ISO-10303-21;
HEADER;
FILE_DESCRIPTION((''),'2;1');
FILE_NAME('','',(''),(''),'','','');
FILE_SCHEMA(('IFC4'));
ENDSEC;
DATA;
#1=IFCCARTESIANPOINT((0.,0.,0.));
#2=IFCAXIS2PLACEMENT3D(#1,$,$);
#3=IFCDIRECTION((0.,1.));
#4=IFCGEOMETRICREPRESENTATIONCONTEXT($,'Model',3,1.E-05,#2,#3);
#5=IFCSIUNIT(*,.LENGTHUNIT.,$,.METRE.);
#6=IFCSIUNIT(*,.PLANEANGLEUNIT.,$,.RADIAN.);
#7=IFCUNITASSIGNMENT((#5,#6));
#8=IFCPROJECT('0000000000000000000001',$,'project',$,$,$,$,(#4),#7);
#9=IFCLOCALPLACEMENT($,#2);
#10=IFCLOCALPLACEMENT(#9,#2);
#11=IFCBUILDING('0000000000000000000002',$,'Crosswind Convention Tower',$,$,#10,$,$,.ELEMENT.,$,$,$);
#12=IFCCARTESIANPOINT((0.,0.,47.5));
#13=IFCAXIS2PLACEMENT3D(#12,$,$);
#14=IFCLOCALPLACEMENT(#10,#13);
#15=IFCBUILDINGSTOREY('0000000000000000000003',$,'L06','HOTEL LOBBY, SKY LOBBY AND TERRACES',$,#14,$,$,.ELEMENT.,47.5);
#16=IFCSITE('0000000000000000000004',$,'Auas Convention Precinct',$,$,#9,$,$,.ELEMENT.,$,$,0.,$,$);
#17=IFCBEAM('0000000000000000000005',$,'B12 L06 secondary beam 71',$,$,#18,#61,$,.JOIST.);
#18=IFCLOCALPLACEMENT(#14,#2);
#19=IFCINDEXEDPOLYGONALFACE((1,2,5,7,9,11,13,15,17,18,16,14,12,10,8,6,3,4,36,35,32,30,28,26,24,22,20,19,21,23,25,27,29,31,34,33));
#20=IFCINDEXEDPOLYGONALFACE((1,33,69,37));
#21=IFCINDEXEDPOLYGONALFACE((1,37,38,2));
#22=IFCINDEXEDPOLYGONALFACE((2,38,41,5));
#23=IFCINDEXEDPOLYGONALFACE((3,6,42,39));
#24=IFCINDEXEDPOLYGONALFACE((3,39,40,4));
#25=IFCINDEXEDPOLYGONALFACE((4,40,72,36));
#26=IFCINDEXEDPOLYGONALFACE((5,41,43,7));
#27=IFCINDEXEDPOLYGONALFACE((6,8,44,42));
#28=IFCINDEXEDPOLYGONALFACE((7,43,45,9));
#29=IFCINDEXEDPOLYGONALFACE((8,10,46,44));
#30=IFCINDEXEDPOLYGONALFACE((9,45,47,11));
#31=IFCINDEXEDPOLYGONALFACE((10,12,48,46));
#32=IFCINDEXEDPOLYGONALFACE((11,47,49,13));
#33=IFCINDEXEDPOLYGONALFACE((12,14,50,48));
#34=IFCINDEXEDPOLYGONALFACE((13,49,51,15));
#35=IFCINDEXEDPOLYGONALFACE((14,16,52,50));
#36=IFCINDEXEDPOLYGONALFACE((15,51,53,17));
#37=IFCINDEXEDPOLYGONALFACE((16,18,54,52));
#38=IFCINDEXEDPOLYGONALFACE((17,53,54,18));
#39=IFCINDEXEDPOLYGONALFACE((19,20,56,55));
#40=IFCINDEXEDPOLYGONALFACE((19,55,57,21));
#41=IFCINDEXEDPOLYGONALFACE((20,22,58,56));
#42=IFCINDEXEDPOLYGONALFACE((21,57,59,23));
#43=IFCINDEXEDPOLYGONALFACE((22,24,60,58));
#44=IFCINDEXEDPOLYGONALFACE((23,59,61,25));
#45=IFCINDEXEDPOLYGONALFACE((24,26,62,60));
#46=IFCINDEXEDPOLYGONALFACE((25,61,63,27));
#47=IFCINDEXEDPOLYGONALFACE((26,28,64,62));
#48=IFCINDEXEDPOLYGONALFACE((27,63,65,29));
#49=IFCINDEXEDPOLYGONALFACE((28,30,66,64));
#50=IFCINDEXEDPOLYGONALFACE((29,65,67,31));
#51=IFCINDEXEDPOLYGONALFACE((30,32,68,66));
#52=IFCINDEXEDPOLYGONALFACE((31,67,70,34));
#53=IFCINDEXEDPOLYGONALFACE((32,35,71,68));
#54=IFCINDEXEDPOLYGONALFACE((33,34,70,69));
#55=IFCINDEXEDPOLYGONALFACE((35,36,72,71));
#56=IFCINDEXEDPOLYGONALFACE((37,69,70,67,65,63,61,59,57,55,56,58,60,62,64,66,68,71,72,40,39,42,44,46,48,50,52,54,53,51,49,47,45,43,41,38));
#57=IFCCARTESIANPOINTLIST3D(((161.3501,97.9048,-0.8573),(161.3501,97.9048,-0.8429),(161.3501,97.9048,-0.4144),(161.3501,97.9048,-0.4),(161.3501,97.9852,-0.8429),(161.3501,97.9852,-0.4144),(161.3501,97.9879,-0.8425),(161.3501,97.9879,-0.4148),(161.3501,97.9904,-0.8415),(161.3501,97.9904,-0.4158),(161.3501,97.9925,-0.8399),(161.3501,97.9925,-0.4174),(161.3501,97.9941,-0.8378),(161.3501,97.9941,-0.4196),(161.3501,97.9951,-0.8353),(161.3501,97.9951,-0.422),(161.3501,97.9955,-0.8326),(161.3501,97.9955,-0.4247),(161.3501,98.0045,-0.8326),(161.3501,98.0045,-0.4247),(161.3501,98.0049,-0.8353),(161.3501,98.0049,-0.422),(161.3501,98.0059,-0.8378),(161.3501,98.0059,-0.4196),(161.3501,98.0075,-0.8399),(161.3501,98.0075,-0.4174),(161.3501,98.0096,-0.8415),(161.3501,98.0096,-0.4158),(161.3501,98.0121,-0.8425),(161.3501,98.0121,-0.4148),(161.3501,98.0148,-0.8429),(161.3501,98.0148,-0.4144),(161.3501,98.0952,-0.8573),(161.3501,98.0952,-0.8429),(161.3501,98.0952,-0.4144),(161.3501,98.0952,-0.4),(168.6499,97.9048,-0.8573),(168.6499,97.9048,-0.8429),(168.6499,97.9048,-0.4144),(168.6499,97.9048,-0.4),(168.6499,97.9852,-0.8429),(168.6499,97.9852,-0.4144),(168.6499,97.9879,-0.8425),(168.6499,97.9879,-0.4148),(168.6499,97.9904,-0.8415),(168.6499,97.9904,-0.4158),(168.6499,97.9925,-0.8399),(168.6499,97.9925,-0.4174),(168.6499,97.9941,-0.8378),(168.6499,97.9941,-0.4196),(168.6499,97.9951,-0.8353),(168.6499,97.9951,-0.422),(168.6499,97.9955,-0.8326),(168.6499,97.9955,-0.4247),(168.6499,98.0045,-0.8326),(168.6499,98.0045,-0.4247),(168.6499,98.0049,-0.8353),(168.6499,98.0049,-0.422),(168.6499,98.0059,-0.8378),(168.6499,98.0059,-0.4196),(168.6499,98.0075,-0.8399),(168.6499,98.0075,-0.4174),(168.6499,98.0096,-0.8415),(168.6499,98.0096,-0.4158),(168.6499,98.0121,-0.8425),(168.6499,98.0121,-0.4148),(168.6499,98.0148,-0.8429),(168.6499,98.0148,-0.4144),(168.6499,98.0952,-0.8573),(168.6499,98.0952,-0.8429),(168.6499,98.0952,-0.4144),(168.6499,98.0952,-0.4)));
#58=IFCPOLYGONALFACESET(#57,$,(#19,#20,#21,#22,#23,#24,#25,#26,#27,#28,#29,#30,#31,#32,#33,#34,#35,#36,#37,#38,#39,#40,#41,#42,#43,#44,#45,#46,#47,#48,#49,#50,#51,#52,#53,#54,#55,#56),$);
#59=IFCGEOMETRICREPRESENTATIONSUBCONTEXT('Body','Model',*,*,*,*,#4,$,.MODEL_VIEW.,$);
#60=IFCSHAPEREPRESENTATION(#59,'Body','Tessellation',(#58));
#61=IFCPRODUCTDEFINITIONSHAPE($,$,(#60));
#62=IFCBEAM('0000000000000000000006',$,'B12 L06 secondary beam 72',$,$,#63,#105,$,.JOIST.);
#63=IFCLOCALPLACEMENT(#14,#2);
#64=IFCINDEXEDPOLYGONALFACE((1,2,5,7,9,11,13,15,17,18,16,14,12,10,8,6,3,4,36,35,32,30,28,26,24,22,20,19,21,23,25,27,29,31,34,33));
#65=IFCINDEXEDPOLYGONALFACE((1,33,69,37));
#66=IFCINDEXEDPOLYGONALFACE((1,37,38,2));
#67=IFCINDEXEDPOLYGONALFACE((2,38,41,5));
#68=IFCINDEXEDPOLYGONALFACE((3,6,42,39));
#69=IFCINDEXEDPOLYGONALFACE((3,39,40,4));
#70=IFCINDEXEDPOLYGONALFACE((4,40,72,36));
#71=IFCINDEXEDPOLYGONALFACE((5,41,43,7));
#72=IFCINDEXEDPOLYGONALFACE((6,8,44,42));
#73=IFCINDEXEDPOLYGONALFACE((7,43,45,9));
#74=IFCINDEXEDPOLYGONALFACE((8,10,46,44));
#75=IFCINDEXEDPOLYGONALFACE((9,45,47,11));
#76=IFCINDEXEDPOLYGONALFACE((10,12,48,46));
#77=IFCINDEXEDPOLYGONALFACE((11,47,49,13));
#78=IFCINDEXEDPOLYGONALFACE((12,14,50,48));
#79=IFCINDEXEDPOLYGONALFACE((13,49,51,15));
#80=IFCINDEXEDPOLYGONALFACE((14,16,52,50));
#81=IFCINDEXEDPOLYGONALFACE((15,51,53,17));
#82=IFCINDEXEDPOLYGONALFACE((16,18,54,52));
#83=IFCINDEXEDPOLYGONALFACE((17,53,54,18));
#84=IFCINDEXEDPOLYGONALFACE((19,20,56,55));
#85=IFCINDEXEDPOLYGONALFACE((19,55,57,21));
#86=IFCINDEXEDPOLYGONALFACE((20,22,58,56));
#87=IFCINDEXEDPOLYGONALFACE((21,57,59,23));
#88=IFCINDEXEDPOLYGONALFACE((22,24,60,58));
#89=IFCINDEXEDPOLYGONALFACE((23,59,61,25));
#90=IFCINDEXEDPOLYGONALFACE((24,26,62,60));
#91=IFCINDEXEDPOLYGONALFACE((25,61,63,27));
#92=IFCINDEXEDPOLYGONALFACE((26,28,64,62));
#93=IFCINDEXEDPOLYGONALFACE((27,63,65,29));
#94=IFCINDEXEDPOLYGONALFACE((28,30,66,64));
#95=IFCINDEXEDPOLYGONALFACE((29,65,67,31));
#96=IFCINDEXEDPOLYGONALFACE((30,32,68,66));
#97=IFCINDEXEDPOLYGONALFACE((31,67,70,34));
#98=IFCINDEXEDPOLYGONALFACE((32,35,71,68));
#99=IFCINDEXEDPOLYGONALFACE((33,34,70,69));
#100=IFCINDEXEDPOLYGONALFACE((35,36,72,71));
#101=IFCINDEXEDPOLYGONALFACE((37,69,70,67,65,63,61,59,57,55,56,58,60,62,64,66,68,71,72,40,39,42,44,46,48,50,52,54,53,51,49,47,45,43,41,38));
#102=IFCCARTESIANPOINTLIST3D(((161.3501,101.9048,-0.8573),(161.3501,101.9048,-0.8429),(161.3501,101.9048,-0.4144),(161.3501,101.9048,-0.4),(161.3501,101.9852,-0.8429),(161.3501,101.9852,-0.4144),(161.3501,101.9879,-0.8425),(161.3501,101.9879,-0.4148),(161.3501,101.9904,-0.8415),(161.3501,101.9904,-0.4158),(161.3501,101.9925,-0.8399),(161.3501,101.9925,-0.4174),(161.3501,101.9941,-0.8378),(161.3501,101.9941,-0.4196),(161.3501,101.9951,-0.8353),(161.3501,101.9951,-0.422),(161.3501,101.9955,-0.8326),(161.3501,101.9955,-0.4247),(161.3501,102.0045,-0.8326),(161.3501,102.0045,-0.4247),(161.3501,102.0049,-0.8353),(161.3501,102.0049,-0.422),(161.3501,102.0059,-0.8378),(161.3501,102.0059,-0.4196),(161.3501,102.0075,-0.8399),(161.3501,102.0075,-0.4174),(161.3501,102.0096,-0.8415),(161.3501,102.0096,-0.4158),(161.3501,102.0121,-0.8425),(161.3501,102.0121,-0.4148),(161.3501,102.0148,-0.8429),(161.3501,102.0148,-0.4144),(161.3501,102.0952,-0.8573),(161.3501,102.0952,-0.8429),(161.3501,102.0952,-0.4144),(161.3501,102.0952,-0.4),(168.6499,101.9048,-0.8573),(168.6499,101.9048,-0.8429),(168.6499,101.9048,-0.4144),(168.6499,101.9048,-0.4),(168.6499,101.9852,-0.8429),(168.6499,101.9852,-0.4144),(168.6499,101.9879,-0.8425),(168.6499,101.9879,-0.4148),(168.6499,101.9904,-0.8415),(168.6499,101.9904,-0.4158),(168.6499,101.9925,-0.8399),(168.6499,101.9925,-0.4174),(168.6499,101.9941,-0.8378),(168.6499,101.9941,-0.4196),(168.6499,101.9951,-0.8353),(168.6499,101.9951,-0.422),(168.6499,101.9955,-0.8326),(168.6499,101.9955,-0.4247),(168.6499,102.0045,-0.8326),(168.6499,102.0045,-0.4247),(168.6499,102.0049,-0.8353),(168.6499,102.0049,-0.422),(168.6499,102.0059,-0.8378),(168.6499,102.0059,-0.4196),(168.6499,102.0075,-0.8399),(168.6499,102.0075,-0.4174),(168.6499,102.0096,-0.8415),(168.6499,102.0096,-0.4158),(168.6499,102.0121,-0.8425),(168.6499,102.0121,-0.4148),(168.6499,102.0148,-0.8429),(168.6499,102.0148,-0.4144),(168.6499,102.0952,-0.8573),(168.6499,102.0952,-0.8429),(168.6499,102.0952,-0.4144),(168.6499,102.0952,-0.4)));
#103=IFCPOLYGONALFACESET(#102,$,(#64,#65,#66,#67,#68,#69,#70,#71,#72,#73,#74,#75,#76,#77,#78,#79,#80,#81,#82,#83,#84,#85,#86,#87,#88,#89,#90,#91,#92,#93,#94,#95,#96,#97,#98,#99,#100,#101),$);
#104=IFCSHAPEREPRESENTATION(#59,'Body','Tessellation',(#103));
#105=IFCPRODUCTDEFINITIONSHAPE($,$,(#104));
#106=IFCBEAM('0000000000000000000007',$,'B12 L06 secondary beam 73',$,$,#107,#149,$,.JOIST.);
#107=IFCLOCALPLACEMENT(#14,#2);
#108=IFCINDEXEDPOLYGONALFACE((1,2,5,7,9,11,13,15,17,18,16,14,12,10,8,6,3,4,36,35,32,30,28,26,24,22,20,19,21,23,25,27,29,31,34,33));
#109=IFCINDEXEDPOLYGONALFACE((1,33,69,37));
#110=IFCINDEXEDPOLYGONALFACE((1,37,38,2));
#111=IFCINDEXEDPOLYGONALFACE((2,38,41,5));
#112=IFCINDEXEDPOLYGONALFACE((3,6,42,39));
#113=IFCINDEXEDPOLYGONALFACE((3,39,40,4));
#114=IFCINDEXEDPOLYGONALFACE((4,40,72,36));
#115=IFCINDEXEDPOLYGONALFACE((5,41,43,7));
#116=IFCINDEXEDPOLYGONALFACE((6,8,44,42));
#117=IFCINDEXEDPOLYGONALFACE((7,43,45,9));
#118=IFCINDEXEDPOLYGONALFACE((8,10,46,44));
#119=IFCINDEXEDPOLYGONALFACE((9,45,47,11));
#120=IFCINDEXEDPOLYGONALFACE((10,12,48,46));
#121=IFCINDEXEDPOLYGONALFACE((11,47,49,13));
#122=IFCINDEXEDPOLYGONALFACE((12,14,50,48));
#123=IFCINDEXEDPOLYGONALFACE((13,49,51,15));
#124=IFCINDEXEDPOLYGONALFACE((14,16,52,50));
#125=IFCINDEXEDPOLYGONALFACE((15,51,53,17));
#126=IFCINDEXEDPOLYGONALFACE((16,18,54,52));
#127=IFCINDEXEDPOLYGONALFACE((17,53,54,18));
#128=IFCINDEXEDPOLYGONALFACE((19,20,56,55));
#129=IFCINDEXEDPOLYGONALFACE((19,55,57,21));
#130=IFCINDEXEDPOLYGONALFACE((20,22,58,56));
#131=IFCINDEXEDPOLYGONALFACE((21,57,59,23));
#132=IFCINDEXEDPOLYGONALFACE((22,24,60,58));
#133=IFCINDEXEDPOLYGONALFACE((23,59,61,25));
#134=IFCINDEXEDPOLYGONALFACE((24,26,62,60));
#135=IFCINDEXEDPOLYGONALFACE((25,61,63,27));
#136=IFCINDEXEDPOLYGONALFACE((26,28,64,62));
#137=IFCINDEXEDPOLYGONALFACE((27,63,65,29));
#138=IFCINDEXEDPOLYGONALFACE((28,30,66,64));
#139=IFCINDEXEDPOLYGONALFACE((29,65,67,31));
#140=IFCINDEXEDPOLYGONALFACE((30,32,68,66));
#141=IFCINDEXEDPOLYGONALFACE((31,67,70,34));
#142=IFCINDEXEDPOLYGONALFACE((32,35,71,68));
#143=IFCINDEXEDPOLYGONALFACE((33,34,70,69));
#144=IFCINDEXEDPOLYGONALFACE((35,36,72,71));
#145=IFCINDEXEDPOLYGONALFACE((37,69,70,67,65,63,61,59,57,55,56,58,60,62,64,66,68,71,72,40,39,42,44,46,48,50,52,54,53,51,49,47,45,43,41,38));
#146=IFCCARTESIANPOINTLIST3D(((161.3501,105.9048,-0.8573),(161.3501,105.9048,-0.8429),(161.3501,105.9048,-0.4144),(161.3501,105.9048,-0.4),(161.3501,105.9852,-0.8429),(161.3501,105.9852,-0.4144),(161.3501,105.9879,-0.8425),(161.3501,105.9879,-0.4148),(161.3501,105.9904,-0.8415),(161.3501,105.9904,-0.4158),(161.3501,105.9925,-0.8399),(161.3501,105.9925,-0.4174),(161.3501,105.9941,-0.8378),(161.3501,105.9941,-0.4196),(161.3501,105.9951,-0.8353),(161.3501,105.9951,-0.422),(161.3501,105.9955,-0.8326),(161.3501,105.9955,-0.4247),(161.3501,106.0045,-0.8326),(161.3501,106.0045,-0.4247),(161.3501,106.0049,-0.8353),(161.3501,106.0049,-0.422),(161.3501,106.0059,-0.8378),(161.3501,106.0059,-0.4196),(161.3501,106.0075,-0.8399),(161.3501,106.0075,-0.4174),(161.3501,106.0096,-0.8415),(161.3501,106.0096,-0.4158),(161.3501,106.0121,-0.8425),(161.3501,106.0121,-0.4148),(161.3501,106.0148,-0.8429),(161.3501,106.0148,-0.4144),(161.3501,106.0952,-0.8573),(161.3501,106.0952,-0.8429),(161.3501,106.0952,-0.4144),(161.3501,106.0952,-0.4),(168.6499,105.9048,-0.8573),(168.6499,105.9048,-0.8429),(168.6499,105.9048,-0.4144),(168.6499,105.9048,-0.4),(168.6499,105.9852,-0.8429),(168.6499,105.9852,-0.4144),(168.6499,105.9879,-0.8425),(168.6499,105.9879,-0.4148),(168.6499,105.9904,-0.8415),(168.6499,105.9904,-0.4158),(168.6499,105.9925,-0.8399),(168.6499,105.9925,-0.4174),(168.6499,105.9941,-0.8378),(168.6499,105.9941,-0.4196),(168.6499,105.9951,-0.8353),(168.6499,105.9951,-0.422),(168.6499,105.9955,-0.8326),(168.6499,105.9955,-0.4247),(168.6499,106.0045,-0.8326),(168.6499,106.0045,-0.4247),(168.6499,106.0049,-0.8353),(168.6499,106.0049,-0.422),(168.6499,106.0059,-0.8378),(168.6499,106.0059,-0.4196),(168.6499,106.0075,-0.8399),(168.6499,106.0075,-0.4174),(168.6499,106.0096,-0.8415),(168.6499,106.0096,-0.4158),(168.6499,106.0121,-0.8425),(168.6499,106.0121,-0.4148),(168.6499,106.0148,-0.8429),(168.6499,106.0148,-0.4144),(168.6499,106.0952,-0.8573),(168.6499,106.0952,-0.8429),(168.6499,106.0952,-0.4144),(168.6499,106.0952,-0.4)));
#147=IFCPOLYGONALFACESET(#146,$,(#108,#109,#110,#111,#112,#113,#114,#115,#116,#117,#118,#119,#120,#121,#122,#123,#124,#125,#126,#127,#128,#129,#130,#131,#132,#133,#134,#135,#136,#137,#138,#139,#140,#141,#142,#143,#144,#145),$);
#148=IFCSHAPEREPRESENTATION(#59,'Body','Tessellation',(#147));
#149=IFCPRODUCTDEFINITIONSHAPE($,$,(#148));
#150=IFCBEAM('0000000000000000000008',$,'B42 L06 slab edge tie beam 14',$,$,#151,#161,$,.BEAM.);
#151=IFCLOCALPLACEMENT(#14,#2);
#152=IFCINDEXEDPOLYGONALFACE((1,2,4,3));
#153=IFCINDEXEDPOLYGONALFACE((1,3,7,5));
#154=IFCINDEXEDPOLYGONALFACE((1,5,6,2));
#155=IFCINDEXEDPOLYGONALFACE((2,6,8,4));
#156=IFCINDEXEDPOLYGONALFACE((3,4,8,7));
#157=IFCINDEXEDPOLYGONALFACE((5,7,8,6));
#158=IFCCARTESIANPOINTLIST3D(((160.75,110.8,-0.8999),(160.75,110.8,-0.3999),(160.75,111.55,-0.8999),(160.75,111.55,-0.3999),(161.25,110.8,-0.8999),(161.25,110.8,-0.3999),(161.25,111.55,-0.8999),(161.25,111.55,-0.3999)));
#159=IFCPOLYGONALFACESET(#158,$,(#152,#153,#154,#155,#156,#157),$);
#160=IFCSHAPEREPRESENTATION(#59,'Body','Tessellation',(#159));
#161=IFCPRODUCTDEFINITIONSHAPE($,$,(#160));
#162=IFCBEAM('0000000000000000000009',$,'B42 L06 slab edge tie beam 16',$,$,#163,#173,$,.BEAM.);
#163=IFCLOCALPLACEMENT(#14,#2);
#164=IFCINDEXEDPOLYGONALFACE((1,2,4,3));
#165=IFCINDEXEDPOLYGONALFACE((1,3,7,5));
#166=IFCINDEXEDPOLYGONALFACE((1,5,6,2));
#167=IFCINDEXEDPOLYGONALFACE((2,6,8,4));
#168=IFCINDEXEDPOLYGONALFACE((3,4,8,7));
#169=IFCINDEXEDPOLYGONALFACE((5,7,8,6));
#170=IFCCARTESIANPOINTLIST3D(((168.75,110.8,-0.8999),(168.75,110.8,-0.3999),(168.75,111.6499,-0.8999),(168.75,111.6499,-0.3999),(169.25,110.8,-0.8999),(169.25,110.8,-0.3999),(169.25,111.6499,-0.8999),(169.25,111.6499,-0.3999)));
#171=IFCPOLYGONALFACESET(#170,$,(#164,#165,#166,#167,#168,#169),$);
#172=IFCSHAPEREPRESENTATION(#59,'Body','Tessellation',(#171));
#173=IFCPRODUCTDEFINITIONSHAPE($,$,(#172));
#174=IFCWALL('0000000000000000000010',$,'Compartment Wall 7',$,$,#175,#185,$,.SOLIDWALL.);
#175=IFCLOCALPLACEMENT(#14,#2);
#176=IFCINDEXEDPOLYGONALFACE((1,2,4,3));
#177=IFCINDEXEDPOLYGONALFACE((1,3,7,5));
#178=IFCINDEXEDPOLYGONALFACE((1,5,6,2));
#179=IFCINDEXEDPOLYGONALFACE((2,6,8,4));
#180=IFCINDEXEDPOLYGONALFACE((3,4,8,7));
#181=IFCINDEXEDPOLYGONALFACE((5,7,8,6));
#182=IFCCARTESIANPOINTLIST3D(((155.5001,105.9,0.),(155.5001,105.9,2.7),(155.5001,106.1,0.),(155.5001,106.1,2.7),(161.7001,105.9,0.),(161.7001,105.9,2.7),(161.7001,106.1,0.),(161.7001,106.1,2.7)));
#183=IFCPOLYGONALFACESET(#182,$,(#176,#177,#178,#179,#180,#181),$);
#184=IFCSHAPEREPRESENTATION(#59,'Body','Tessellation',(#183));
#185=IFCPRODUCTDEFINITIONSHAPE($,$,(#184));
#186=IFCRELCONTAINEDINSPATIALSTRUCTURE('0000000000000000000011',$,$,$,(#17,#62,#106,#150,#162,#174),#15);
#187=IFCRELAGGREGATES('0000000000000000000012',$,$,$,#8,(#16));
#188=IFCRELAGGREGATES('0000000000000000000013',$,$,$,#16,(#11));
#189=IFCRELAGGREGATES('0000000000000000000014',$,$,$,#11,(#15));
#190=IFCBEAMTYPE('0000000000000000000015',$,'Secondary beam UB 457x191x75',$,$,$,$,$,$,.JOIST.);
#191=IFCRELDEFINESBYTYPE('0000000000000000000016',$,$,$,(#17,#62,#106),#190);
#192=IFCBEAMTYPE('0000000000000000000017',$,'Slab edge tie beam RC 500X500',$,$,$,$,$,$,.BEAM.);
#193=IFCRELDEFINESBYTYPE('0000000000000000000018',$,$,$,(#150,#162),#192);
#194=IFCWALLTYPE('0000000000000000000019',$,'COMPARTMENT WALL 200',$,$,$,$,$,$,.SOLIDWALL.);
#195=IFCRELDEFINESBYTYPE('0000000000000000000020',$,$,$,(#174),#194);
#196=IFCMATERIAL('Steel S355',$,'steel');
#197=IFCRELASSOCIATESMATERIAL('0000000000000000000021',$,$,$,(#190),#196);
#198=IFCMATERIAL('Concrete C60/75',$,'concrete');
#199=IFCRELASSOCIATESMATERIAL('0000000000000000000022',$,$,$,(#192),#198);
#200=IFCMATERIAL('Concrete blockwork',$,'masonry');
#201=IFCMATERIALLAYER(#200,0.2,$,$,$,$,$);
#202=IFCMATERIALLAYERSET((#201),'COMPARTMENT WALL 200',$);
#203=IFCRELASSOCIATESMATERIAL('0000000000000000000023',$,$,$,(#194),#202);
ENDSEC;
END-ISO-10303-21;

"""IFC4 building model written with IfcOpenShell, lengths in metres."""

from ifc_helpers import new_model, si_unit, direction, frame, frame_2d, origin, origin_2d, place, context, subcontext, project, spatial, rectangle, i_section, extrude, material, layer, layer_set, material_profile, profile_set, type_object, element, save


model = new_model("IFC4")

# Units and contexts
model_context = context("Model", 3, precision=1e-05, world=origin(), true_north=direction((0.0, 1.0)))
body_context = subcontext(model_context, "Body", "Model", "MODEL_VIEW")
ifc_project = project(units=[si_unit("LENGTHUNIT", "METRE"), si_unit("PLANEANGLEUNIT", "RADIAN")], contexts=[model_context])

# Site, building, storey
site_placement = place(None, origin())
site = spatial("IfcSite", under=ifc_project, at=site_placement, Name="Auas Convention Precinct", CompositionType="ELEMENT", RefElevation=0.0)
building_placement = place(site_placement, origin())
building = spatial("IfcBuilding", under=site, at=building_placement, Name="Crosswind Convention Tower", CompositionType="ELEMENT")
storey_placement = place(building_placement, frame((0.0, 0.0, 47.5)))
storey = spatial("IfcBuildingStorey", under=building, at=storey_placement, Name="L06", Description="HOTEL LOBBY, SKY LOBBY AND TERRACES", CompositionType="ELEMENT", Elevation=47.5)

# Shared definitions
ifc_material_1 = material(Name="Concrete C60/75", Category="concrete")

# Beams
ifc_material_2 = material(Name="Steel S355", Category="steel")
ifc_material_profile_1 = material_profile(ifc_material_2, i_section(OverallWidth=0.1904, OverallDepth=0.4573, WebThickness=0.009, FlangeThickness=0.0144, FilletRadius=0.0103, at=origin_2d()), Name="UB 457x191x75")
ifc_profile_set_1 = profile_set([ifc_material_profile_1], Name="Steel S355")
beam_type_1 = type_object("IfcBeamType", Name="Secondary beam UB 457x191x75", PredefinedType="JOIST", material=ifc_profile_set_1)
for number, where, z_axis, x_axis, name in (
    (1, (161.3501, 98.0, -0.6287), (1.0, 0.0, 0.0), (0.0, 1.0, 0.0), "B12 L06 secondary beam 71"),
    (2, (161.3501, 102.0, -0.6287), (1.0, 0.0, 0.0), (0.0, 1.0, 0.0), "B12 L06 secondary beam 72"),
    (3, (161.3501, 106.0, -0.6287), (1.0, 0.0, 0.0), (0.0, 1.0, 0.0), "B12 L06 secondary beam 73"),
):
    element("IfcBeam", number, at=place(storey_placement, frame(where, z_axis=z_axis, x_axis=x_axis)), inside=storey, type_object=beam_type_1, Name=name, PredefinedType="JOIST", context=body_context, shape_type="SweptSolid", body=[
        extrude(i_section(OverallWidth=0.1904, OverallDepth=0.4573, WebThickness=0.009, FlangeThickness=0.0144, FilletRadius=0.0103, at=origin_2d()), origin(), (0.0, 0.0, 1.0), 7.2998),
    ])
ifc_material_profile_2 = material_profile(ifc_material_1, rectangle(XDim=0.5, YDim=0.5, at=origin_2d()), Name="RC 500X500")
ifc_profile_set_2 = profile_set([ifc_material_profile_2], Name="Concrete C60/75")
beam_type_2 = type_object("IfcBeamType", Name="Slab edge tie beam RC 500X500", PredefinedType="BEAM", material=ifc_profile_set_2)
beam_1_placement = place(storey_placement, frame((161.0, 110.8, -0.6499), z_axis=(0.0, 1.0, 0.0), x_axis=(-1.0, 0.0, 0.0)))
element("IfcBeam", 4, at=beam_1_placement, inside=storey, type_object=beam_type_2, Name="B42 L06 slab edge tie beam 14", PredefinedType="BEAM", context=body_context, shape_type="SweptSolid", body=[
    extrude(rectangle(XDim=0.5, YDim=0.5, at=origin_2d()), origin(), (0.0, 0.0, 1.0), 0.75),
])
beam_2_placement = place(storey_placement, frame((169.0, 110.8, -0.6499), z_axis=(0.0, 1.0, 0.0), x_axis=(-1.0, 0.0, 0.0)))
element("IfcBeam", 5, at=beam_2_placement, inside=storey, type_object=beam_type_2, Name="B42 L06 slab edge tie beam 16", PredefinedType="BEAM", context=body_context, shape_type="SweptSolid", body=[
    extrude(rectangle(XDim=0.5, YDim=0.5, at=origin_2d()), origin(), (0.0, 0.0, 1.0), 0.8499),
])

# Wall
ifc_material_3 = material(Name="Concrete blockwork", Category="masonry")
ifc_layer_1 = layer(ifc_material_3, 0.2)
ifc_layer_set_1 = layer_set([ifc_layer_1], Name="COMPARTMENT WALL 200")
wall_type_1 = type_object("IfcWallType", Name="COMPARTMENT WALL 200", PredefinedType="SOLIDWALL", material=ifc_layer_set_1)
wall_1_placement = place(storey_placement, frame((155.5, 106.0, 0.0), z_axis=(0.0, 0.0, 1.0), x_axis=(1.0, 0.0, 0.0)))
element("IfcWall", 6, at=wall_1_placement, inside=storey, type_object=wall_type_1, Name="Compartment Wall 7", PredefinedType="SOLIDWALL", context=body_context, shape_type="SweptSolid", body=[
    extrude(rectangle(XDim=6.2, YDim=0.2, at=frame_2d((3.1001, 0.0))), origin(), (0.0, 0.0, 1.0), 2.7),
])

save(model, "model.ifc")
